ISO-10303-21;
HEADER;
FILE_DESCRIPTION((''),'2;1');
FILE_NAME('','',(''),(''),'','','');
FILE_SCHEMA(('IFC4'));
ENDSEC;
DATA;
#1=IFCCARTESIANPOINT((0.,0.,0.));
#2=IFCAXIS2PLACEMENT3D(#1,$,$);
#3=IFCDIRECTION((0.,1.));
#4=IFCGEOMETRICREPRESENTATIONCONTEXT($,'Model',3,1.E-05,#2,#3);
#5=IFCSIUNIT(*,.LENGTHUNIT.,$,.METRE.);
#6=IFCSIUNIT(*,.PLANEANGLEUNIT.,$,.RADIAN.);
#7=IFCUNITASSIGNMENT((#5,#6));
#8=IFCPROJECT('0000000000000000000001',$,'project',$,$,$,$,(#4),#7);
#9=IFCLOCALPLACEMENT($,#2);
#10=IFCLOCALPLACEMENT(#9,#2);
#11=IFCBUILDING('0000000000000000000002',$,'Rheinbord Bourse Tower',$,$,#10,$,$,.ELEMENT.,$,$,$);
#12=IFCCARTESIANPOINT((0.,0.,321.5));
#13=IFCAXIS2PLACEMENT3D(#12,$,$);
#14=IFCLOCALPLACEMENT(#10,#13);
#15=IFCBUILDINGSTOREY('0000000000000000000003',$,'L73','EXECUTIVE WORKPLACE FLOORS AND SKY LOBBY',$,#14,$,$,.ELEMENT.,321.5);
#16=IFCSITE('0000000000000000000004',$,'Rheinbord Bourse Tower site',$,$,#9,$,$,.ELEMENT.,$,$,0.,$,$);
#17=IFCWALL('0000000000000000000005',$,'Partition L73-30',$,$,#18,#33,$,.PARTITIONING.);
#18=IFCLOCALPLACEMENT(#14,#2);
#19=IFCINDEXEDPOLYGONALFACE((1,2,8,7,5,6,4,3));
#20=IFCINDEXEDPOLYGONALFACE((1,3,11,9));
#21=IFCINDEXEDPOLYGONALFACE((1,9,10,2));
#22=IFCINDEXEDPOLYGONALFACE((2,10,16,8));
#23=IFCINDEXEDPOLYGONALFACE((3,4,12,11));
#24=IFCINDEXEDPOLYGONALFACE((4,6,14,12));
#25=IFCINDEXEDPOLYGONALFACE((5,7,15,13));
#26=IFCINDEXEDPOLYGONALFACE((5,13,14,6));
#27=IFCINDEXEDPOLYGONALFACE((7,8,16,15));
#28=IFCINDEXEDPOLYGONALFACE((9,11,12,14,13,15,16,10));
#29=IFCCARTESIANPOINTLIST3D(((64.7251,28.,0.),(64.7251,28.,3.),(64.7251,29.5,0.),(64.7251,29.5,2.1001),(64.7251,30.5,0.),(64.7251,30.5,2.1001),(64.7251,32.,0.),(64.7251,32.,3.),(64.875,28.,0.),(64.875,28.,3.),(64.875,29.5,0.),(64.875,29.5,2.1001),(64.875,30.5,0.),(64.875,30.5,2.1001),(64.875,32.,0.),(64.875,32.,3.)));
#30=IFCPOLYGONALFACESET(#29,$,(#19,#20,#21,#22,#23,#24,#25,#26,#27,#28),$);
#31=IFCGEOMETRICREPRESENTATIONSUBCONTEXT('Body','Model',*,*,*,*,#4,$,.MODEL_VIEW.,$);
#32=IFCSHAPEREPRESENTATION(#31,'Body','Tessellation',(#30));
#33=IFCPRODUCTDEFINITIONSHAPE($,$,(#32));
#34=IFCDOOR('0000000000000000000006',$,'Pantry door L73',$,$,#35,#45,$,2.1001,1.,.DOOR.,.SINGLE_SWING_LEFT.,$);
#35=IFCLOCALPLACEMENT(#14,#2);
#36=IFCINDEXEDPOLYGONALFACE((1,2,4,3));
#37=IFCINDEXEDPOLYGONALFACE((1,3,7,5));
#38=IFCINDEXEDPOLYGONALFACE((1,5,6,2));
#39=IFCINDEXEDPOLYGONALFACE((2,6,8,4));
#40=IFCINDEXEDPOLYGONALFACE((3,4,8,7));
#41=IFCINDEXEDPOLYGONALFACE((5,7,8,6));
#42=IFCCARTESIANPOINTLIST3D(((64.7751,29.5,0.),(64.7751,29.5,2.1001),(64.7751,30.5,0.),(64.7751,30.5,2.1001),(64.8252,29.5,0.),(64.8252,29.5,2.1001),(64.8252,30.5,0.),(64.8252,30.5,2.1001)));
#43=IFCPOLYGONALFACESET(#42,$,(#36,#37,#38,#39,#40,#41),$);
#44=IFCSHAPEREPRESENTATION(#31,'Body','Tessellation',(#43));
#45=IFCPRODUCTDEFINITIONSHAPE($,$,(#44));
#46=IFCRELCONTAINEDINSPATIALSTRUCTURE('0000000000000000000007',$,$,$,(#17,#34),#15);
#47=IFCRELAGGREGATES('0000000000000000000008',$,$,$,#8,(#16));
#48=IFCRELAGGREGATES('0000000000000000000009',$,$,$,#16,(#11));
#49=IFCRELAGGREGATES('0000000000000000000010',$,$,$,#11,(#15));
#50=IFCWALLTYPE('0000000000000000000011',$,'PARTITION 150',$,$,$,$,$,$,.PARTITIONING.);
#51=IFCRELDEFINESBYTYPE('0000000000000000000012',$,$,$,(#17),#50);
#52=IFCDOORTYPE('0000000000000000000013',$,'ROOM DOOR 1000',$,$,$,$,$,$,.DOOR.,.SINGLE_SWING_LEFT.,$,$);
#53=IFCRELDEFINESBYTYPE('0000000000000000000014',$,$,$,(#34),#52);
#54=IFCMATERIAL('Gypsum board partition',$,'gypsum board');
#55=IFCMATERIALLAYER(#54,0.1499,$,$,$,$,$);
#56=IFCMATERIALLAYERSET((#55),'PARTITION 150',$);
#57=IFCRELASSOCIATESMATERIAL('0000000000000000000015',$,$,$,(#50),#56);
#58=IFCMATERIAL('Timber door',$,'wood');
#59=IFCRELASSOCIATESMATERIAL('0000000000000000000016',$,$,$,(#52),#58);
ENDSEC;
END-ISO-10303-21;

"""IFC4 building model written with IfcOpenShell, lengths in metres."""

from ifc_helpers import new_model, si_unit, direction, frame, frame_2d, origin, place, context, subcontext, project, spatial, rectangle, extrude, material, layer, layer_set, type_object, element, fill, save


model = new_model("IFC4")

# Units and contexts
model_context = context("Model", 3, precision=1e-05, world=origin(), true_north=direction((0.0, 1.0)))
body_context = subcontext(model_context, "Body", "Model", "MODEL_VIEW")
ifc_project = project(units=[si_unit("LENGTHUNIT", "METRE"), si_unit("PLANEANGLEUNIT", "RADIAN")], contexts=[model_context])

# Site, building, storey
site_placement = place(None, origin())
site = spatial("IfcSite", under=ifc_project, at=site_placement, Name="Rheinbord Bourse Tower site", CompositionType="ELEMENT", RefElevation=0.0)
building_placement = place(site_placement, origin())
building = spatial("IfcBuilding", under=site, at=building_placement, Name="Rheinbord Bourse Tower", CompositionType="ELEMENT")
storey_placement = place(building_placement, frame((0.0, 0.0, 321.5)))
storey = spatial("IfcBuildingStorey", under=building, at=storey_placement, Name="L73", Description="EXECUTIVE WORKPLACE FLOORS AND SKY LOBBY", CompositionType="ELEMENT", Elevation=321.5)

# Shared definitions
ifc_material_1 = material(Name="Gypsum board partition", Category="gypsum board")
ifc_layer_1 = layer(ifc_material_1, 0.1499)
ifc_layer_set_1 = layer_set([ifc_layer_1], Name="PARTITION 150")
wall_type_1 = type_object("IfcWallType", Name="PARTITION 150", PredefinedType="PARTITIONING", material=ifc_layer_set_1)

# Wall, opening, door
wall_1_placement = place(storey_placement, frame((64.8, 28.0, 0.0), z_axis=(0.0, 0.0, 1.0), x_axis=(0.0, 1.0, 0.0)))
wall_1 = element("IfcWall", 1, at=wall_1_placement, inside=storey, type_object=wall_type_1, Name="Partition L73-30", PredefinedType="PARTITIONING", context=body_context, shape_type="SweptSolid", body=[
    extrude(rectangle(XDim=4.0, YDim=0.1499, at=frame_2d((2.0, 0.0))), origin(), (0.0, 0.0, 1.0), 3.0),
])
opening_placement = place(wall_1_placement, frame((1.5, 0.0, 0.0)))
opening = element("IfcOpeningElement", 2, at=opening_placement, cuts=wall_1, PredefinedType="OPENING", context=body_context, shape_type="SweptSolid", body=[
    extrude(rectangle(XDim=1.0, YDim=2.1001, at=frame_2d((0.5, 1.05))), frame((0.0, 0.085, 0.0), z_axis=(0.0, -1.0, 0.0), x_axis=(1.0, 0.0, 0.0)), (0.0, 0.0, 1.0), 0.1699),
])
ifc_material_2 = material(Name="Timber door", Category="wood")
door_type = type_object("IfcDoorType", Name="ROOM DOOR 1000", OperationType="SINGLE_SWING_LEFT", PredefinedType="DOOR", material=ifc_material_2)
door_placement = place(opening_placement, origin())
door = element("IfcDoor", 3, at=door_placement, inside=storey, type_object=door_type, Name="Pantry door L73", OperationType="SINGLE_SWING_LEFT", OverallHeight=2.1001, OverallWidth=1.0, PredefinedType="DOOR", context=body_context, shape_type="SweptSolid", body=[
    extrude(rectangle(XDim=1.0, YDim=2.1001, at=frame_2d((0.5, 1.05))), frame((0.0, 0.0249, 0.0), z_axis=(0.0, -1.0, 0.0), x_axis=(1.0, 0.0, 0.0)), (0.0, 0.0, 1.0), 0.05),
])
fill(opening, door)

save(model, "model.ifc")
